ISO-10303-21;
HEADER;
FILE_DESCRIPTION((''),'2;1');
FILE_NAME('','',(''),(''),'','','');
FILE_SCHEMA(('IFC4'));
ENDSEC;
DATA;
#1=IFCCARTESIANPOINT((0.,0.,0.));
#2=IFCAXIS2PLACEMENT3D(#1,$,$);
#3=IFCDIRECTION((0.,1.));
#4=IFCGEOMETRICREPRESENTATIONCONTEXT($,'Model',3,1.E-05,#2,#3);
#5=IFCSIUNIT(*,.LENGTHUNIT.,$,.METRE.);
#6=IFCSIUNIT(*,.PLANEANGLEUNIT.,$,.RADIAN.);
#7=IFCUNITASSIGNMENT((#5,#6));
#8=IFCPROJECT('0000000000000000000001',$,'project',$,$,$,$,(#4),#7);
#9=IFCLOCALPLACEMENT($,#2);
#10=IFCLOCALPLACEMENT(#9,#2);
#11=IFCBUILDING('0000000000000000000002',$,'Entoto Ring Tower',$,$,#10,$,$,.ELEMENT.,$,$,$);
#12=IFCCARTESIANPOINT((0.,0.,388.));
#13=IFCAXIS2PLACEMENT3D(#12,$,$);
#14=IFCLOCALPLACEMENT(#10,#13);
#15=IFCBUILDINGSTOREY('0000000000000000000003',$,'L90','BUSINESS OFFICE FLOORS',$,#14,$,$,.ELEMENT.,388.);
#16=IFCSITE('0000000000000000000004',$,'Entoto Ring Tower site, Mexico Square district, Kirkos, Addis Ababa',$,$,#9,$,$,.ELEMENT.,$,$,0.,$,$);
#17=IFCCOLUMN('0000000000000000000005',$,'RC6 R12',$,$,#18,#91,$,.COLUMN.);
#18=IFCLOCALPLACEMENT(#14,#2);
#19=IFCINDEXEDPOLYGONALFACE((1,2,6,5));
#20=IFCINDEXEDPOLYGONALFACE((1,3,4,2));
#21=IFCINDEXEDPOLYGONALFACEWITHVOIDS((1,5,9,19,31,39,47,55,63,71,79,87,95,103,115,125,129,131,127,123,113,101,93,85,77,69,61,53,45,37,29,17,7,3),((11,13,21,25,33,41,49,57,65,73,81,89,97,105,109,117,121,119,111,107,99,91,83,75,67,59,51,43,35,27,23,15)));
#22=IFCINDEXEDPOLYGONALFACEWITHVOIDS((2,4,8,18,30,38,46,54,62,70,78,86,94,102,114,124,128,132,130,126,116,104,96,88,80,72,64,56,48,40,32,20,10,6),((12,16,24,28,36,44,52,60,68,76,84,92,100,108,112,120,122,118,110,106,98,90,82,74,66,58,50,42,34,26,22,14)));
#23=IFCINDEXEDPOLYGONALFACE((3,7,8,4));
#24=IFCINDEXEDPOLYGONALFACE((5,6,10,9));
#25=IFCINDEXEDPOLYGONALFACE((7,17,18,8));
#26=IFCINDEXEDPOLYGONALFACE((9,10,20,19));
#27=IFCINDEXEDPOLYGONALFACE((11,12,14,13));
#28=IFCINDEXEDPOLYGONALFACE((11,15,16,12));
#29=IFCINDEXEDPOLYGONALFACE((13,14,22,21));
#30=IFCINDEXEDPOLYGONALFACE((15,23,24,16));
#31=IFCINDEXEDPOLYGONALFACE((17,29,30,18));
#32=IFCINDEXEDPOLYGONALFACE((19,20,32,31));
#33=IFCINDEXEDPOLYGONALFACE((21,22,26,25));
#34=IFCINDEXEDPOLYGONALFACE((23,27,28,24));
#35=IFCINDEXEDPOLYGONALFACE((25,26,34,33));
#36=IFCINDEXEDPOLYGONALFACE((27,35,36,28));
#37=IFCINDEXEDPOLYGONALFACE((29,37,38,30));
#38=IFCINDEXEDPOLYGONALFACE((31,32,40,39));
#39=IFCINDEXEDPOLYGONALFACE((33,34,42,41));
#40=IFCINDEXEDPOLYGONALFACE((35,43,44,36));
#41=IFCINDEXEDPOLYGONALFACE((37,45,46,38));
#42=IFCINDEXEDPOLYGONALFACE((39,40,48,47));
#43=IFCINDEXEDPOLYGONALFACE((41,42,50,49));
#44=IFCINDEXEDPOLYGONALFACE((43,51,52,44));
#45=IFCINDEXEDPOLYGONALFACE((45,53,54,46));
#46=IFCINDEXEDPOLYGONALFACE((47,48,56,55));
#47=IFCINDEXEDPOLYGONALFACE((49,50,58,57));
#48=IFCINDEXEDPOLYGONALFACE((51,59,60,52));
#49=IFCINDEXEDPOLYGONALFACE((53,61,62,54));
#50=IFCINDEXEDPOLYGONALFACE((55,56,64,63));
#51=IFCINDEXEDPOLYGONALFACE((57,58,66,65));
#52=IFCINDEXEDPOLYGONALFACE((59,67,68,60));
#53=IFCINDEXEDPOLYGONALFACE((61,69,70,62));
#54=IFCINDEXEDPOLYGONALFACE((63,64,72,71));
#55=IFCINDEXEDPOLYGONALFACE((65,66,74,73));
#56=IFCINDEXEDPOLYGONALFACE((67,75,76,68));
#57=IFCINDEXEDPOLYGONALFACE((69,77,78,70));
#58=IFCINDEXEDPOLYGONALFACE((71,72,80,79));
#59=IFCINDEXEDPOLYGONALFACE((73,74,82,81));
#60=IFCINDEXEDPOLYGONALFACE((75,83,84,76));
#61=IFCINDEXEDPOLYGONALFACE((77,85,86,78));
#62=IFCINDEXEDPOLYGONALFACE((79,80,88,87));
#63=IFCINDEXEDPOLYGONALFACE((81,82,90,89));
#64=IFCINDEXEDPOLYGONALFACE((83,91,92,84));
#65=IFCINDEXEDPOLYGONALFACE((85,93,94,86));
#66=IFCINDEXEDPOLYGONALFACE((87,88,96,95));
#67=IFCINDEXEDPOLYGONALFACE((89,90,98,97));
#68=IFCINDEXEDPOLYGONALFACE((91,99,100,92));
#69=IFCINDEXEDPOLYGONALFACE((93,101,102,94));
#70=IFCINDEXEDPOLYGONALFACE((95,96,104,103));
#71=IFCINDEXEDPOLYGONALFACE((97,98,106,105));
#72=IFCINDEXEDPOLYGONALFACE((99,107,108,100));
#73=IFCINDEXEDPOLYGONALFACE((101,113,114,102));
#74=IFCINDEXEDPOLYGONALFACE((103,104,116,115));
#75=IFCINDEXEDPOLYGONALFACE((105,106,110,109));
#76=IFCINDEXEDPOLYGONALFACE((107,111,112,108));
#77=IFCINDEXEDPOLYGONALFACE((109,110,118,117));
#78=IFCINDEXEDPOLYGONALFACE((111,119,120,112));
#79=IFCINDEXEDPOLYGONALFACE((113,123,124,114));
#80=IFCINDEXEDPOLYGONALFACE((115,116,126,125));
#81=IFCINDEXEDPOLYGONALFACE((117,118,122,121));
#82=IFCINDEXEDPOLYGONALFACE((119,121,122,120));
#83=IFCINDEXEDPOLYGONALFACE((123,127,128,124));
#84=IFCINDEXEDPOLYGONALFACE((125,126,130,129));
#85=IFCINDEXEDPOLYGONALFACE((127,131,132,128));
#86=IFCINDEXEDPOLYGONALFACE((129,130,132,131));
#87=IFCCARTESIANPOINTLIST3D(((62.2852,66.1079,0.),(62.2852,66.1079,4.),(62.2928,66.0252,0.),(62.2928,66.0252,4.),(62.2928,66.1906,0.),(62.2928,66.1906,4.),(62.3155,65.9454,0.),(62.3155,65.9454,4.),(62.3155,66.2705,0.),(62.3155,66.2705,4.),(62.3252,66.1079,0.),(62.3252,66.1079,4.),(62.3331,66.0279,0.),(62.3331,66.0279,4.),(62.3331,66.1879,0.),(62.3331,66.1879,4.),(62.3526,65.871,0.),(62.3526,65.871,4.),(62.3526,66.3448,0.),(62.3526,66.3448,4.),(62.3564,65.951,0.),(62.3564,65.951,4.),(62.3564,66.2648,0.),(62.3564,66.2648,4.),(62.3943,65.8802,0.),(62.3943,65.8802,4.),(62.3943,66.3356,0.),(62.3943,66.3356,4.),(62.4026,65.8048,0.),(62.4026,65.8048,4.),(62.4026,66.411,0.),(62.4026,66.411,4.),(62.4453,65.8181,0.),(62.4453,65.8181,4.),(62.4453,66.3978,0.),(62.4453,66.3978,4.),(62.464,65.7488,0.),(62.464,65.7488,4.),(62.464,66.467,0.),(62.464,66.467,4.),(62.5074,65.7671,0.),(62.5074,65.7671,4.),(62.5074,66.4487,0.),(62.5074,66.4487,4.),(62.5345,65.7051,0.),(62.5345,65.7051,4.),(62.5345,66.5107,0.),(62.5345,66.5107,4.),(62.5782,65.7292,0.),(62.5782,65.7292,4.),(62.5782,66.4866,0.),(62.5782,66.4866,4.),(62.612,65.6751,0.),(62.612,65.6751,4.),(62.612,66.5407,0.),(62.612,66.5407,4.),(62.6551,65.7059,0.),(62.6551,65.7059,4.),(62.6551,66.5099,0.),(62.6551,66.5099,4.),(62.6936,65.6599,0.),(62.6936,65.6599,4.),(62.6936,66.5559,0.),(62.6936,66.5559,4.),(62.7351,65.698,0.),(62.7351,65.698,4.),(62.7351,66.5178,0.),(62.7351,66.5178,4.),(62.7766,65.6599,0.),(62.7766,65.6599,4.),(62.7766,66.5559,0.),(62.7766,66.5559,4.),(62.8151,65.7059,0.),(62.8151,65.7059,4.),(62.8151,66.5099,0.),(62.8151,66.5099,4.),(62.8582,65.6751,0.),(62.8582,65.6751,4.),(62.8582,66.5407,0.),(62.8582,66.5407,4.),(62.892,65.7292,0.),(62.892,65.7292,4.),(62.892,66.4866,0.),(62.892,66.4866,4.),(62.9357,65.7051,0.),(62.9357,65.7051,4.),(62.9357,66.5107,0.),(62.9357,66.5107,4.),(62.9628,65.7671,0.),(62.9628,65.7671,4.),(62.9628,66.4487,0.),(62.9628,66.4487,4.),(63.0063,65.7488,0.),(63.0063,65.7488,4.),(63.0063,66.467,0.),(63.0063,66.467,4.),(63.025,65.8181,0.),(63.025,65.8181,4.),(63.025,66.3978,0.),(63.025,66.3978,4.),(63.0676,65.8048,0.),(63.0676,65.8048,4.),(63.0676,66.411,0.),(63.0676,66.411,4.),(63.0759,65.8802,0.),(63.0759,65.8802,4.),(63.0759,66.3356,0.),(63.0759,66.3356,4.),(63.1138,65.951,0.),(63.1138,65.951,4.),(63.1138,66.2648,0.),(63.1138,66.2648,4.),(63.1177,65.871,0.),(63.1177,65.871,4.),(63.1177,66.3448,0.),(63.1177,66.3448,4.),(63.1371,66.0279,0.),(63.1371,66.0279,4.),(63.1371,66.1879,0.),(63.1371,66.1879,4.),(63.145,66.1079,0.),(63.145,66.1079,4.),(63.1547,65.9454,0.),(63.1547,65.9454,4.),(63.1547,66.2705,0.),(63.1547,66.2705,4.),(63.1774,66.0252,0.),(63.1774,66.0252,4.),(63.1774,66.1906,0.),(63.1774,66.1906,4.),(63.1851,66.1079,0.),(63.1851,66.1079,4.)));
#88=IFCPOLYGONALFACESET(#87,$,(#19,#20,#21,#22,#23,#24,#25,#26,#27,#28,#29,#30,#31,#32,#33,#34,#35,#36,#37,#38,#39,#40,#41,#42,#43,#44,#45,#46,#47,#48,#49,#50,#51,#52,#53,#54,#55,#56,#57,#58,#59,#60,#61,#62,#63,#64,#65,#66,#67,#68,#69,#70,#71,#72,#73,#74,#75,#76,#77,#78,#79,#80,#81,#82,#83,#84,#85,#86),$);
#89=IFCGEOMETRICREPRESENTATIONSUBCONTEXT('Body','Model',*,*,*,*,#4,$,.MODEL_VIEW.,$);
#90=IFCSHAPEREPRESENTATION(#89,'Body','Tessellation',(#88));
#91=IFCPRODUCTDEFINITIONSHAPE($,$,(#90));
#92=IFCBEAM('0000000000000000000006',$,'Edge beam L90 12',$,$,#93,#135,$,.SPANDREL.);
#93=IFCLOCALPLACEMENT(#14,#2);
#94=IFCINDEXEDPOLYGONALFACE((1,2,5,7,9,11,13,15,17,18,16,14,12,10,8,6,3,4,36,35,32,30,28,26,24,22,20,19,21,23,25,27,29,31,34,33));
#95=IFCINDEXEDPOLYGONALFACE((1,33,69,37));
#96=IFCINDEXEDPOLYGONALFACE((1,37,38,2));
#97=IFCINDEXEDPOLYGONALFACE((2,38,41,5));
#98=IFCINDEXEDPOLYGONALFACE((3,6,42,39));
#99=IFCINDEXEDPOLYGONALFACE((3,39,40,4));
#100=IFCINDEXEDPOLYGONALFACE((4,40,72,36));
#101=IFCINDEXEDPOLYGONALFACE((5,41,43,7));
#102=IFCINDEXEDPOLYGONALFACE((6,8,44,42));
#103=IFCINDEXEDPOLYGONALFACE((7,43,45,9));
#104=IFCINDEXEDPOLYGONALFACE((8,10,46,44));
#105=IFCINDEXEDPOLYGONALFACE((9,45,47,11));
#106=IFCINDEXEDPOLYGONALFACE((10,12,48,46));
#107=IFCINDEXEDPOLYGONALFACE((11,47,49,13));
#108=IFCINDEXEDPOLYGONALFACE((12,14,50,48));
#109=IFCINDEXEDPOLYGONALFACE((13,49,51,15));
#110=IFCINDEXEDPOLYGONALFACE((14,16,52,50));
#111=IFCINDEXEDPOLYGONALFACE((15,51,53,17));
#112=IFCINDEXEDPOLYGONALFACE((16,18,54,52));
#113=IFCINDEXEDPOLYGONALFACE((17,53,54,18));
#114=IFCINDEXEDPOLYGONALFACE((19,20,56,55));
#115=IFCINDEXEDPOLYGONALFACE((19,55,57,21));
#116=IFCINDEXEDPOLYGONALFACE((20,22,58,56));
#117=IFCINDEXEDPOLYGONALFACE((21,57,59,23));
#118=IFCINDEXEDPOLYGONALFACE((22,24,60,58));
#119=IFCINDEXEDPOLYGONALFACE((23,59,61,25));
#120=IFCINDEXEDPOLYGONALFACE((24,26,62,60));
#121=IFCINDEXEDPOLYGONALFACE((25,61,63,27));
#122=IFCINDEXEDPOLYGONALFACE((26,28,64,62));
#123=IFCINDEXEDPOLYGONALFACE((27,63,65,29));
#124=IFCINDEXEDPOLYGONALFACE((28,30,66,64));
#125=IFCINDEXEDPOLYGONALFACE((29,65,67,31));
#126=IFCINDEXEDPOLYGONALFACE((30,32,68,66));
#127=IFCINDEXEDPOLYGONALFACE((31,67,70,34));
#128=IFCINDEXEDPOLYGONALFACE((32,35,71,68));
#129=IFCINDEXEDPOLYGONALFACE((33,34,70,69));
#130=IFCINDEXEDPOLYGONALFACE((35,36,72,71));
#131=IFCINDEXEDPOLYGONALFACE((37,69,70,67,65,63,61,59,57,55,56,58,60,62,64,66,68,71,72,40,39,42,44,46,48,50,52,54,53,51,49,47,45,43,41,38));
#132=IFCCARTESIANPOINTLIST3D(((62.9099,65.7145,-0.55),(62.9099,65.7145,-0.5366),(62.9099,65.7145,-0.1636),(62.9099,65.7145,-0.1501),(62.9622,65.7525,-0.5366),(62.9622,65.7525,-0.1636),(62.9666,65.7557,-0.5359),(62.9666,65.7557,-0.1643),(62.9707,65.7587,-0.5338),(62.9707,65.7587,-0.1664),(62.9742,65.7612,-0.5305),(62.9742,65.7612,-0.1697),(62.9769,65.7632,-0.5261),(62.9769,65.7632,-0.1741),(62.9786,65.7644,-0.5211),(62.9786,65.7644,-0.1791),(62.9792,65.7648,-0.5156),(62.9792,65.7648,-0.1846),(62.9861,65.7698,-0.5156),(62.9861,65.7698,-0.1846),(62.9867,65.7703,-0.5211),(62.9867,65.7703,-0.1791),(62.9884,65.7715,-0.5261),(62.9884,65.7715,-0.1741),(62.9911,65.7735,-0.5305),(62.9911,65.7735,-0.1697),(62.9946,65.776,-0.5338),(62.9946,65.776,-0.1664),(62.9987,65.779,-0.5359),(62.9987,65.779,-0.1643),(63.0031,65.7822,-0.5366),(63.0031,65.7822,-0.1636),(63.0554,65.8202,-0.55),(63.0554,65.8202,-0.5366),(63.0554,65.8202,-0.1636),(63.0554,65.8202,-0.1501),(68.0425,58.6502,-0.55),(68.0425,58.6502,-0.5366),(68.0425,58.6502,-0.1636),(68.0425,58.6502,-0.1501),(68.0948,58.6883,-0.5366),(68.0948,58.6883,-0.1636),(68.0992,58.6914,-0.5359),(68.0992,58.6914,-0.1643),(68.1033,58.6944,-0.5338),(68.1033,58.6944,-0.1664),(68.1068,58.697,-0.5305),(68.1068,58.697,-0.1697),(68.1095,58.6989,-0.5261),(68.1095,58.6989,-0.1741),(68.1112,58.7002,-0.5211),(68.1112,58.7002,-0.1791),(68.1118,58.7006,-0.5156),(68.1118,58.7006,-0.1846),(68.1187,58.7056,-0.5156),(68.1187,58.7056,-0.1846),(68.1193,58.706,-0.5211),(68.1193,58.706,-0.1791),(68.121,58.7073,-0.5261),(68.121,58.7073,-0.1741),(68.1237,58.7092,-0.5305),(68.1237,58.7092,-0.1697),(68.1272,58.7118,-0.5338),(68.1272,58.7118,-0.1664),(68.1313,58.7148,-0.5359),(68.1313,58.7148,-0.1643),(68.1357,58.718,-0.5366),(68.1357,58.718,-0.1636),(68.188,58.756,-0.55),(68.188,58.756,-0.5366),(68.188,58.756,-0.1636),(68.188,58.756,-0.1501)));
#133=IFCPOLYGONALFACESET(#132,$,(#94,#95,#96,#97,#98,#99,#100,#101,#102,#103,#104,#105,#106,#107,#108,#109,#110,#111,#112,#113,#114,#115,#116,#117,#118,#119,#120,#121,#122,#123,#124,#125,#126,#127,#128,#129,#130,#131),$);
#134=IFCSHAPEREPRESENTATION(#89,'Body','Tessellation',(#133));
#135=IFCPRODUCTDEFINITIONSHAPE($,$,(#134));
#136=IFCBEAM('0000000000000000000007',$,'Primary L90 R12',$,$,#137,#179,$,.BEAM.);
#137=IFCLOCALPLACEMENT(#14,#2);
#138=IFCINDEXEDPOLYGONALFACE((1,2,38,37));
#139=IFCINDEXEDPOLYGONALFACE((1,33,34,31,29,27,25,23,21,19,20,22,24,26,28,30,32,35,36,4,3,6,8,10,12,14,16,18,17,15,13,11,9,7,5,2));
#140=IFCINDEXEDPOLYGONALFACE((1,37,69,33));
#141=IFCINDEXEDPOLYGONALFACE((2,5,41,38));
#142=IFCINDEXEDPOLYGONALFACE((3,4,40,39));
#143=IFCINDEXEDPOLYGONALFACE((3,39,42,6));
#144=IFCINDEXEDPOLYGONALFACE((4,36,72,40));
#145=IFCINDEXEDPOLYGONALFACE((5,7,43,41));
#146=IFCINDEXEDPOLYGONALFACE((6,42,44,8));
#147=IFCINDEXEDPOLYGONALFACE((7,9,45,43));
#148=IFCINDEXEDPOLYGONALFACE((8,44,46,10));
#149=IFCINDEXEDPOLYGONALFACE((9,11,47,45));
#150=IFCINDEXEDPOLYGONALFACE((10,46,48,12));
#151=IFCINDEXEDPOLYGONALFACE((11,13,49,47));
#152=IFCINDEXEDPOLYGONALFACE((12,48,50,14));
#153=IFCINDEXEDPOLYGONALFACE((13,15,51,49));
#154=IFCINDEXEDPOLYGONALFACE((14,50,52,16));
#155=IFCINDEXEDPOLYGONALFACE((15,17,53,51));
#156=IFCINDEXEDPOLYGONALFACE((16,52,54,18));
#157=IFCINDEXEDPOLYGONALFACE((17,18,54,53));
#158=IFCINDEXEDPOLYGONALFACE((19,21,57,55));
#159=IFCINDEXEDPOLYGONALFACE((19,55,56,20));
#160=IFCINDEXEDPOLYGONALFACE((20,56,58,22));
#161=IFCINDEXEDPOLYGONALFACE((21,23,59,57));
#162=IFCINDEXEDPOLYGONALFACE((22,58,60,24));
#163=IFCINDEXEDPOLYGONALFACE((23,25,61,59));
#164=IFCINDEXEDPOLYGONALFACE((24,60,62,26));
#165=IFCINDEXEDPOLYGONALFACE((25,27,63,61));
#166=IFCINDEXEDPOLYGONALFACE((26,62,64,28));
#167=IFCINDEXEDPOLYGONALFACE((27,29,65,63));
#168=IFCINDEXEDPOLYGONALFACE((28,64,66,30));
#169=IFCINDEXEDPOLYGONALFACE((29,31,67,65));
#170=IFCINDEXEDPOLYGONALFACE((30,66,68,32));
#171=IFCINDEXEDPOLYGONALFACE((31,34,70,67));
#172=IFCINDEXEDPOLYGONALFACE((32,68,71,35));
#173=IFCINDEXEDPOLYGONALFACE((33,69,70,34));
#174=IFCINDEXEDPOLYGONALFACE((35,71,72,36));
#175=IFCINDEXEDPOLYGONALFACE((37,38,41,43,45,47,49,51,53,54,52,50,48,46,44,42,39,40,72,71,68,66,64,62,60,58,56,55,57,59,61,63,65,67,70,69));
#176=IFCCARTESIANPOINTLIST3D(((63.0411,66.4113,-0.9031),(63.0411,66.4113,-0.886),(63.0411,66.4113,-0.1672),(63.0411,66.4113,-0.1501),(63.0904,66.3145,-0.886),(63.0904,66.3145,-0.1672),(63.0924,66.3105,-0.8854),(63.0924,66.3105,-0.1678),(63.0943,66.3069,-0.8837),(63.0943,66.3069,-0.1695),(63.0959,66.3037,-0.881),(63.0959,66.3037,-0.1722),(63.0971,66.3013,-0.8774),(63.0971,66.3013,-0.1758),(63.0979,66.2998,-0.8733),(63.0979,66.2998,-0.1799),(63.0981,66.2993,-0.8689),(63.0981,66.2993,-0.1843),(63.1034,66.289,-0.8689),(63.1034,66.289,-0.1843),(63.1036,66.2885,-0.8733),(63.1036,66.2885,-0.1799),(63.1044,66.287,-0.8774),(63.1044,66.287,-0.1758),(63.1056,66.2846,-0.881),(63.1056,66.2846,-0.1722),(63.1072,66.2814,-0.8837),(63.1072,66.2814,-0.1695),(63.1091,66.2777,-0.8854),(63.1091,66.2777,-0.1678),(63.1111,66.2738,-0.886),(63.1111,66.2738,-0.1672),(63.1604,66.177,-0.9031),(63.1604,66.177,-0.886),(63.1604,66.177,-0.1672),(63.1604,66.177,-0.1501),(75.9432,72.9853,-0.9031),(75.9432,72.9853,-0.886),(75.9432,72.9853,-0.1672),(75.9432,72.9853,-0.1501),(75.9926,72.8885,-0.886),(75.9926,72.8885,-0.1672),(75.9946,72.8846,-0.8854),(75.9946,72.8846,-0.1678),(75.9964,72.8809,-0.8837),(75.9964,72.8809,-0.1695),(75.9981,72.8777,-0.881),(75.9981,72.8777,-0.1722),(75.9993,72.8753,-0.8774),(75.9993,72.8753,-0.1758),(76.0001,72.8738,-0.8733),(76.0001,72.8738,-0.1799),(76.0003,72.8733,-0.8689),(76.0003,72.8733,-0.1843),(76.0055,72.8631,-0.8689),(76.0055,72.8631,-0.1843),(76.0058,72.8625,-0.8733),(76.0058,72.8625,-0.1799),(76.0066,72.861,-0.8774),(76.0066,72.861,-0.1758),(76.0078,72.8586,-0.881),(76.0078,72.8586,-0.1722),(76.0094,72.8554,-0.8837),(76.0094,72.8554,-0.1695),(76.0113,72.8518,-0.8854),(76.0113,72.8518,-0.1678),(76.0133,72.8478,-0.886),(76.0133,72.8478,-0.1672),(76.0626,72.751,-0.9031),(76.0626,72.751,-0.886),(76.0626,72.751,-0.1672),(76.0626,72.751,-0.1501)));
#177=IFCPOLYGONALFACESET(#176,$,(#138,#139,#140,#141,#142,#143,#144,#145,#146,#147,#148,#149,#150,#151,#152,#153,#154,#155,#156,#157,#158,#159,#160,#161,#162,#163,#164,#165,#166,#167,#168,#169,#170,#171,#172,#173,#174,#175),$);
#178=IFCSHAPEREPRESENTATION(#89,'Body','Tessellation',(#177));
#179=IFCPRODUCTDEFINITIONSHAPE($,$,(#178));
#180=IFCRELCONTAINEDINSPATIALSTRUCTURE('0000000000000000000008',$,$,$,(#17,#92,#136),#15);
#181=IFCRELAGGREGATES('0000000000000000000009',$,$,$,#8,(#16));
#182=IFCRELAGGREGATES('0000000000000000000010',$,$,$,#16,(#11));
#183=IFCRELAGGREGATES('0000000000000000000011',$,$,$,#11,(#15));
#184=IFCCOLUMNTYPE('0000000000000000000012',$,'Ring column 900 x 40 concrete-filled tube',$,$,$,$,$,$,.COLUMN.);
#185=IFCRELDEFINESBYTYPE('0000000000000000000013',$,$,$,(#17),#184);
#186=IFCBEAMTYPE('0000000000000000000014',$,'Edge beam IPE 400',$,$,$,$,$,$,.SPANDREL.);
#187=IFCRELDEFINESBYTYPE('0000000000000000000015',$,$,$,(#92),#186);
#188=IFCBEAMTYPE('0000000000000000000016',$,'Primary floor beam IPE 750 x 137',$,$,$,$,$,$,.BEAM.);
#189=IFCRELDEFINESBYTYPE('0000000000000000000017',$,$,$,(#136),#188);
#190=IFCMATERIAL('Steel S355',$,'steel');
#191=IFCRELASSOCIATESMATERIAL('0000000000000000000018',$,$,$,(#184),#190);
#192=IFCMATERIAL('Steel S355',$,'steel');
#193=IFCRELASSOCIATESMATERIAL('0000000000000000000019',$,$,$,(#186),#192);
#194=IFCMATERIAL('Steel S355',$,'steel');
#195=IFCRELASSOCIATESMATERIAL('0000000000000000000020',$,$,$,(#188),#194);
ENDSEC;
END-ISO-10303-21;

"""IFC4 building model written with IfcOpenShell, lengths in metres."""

from ifc_helpers import new_model, si_unit, direction, frame, origin, origin_2d, place, context, subcontext, project, spatial, circle, hollow_circle, i_section, extrude, material, material_profile, profile_set, type_object, element, save


model = new_model("IFC4")

# Units and contexts
model_context = context("Model", 3, precision=1e-05, world=origin(), true_north=direction((0.0, 1.0)))
body_context = subcontext(model_context, "Body", "Model", "MODEL_VIEW")
ifc_project = project(units=[si_unit("LENGTHUNIT", "METRE"), si_unit("PLANEANGLEUNIT", "RADIAN")], contexts=[model_context])

# Site, building, storey
site_placement = place(None, origin())
site = spatial("IfcSite", under=ifc_project, at=site_placement, Name="Entoto Ring Tower site, Mexico Square district, Kirkos, Addis Ababa", CompositionType="ELEMENT", RefElevation=0.0)
building_placement = place(site_placement, origin())
building = spatial("IfcBuilding", under=site, at=building_placement, Name="Entoto Ring Tower", CompositionType="ELEMENT")
storey_placement = place(building_placement, frame((0.0, 0.0, 388.0)))
storey = spatial("IfcBuildingStorey", under=building, at=storey_placement, Name="L90", Description="BUSINESS OFFICE FLOORS", CompositionType="ELEMENT", Elevation=388.0)

# Column
ifc_material_1 = material(Name="Steel S355", Category="steel")
ifc_material_profile_1 = material_profile(ifc_material_1, hollow_circle(Radius=0.45, WallThickness=0.04, at=origin_2d()), Name="CHS 900 x 40")
ifc_material_2 = material(Name="Concrete C60/75", Category="concrete")
ifc_material_profile_2 = material_profile(ifc_material_2, circle(Radius=0.4099, at=origin_2d()), Name="Concrete C60/75 infill")
ifc_profile_set_1 = profile_set([ifc_material_profile_1, ifc_material_profile_2], Name="Steel S355")
column_type = type_object("IfcColumnType", Name="Ring column 900 x 40 concrete-filled tube", PredefinedType="COLUMN", material=ifc_profile_set_1)
column_placement = place(storey_placement, frame((62.7351, 66.1079, 0.0), z_axis=(0.0, 0.0, 1.0), x_axis=(1.0, 0.0, 0.0)))
element("IfcColumn", 1, at=column_placement, inside=storey, type_object=column_type, Name="RC6 R12", PredefinedType="COLUMN", context=body_context, shape_type="SweptSolid", body=[
    extrude(hollow_circle(Radius=0.45, WallThickness=0.04, at=origin_2d()), origin(), (0.0, 0.0, 1.0), 4.0),
])

# Beams
ifc_material_3 = material(Name="Steel S355", Category="steel")
ifc_material_profile_3 = material_profile(ifc_material_3, i_section(OverallWidth=0.1799, OverallDepth=0.3999, WebThickness=0.0085, FlangeThickness=0.0134, FilletRadius=0.021, at=origin_2d()), Name="IPE 400")
ifc_profile_set_2 = profile_set([ifc_material_profile_3], Name="Steel S355")
beam_type_1 = type_object("IfcBeamType", Name="Edge beam IPE 400", PredefinedType="SPANDREL", material=ifc_profile_set_2)
beam_1_placement = place(storey_placement, frame((62.9827, 65.7673, -0.3501), z_axis=(0.587794, -0.80901, 0.0), x_axis=(0.80901, 0.587794, 0.0)))
element("IfcBeam", 2, at=beam_1_placement, inside=storey, type_object=beam_type_1, Name="Edge beam L90 12", PredefinedType="SPANDREL", context=body_context, shape_type="SweptSolid", body=[
    extrude(i_section(OverallWidth=0.1799, OverallDepth=0.3999, WebThickness=0.0085, FlangeThickness=0.0134, FilletRadius=0.021, at=origin_2d()), origin(), (0.0, 0.0, 1.0), 8.7319),
])
ifc_material_4 = material(Name="Steel S355", Category="steel")
ifc_material_profile_4 = material_profile(ifc_material_4, i_section(OverallWidth=0.2629, OverallDepth=0.7529, WebThickness=0.0115, FlangeThickness=0.0171, FilletRadius=0.0171, at=origin_2d()), Name="IPE 750 x 137")
ifc_profile_set_3 = profile_set([ifc_material_profile_4], Name="Steel S355")
beam_type_2 = type_object("IfcBeamType", Name="Primary floor beam IPE 750 x 137", PredefinedType="BEAM", material=ifc_profile_set_3)
beam_2_placement = place(storey_placement, frame((76.0029, 72.8682, -0.5266), z_axis=(-0.891006, -0.453992, 0.0), x_axis=(0.453992, -0.891006, 0.0)))
element("IfcBeam", 3, at=beam_2_placement, inside=storey, type_object=beam_type_2, Name="Primary L90 R12", PredefinedType="BEAM", context=body_context, shape_type="SweptSolid", body=[
    extrude(i_section(OverallWidth=0.2629, OverallDepth=0.7529, WebThickness=0.0115, FlangeThickness=0.0171, FilletRadius=0.0171, at=origin_2d()), origin(), (0.0, 0.0, 1.0), 14.4805),
])

save(model, "model.ifc")
